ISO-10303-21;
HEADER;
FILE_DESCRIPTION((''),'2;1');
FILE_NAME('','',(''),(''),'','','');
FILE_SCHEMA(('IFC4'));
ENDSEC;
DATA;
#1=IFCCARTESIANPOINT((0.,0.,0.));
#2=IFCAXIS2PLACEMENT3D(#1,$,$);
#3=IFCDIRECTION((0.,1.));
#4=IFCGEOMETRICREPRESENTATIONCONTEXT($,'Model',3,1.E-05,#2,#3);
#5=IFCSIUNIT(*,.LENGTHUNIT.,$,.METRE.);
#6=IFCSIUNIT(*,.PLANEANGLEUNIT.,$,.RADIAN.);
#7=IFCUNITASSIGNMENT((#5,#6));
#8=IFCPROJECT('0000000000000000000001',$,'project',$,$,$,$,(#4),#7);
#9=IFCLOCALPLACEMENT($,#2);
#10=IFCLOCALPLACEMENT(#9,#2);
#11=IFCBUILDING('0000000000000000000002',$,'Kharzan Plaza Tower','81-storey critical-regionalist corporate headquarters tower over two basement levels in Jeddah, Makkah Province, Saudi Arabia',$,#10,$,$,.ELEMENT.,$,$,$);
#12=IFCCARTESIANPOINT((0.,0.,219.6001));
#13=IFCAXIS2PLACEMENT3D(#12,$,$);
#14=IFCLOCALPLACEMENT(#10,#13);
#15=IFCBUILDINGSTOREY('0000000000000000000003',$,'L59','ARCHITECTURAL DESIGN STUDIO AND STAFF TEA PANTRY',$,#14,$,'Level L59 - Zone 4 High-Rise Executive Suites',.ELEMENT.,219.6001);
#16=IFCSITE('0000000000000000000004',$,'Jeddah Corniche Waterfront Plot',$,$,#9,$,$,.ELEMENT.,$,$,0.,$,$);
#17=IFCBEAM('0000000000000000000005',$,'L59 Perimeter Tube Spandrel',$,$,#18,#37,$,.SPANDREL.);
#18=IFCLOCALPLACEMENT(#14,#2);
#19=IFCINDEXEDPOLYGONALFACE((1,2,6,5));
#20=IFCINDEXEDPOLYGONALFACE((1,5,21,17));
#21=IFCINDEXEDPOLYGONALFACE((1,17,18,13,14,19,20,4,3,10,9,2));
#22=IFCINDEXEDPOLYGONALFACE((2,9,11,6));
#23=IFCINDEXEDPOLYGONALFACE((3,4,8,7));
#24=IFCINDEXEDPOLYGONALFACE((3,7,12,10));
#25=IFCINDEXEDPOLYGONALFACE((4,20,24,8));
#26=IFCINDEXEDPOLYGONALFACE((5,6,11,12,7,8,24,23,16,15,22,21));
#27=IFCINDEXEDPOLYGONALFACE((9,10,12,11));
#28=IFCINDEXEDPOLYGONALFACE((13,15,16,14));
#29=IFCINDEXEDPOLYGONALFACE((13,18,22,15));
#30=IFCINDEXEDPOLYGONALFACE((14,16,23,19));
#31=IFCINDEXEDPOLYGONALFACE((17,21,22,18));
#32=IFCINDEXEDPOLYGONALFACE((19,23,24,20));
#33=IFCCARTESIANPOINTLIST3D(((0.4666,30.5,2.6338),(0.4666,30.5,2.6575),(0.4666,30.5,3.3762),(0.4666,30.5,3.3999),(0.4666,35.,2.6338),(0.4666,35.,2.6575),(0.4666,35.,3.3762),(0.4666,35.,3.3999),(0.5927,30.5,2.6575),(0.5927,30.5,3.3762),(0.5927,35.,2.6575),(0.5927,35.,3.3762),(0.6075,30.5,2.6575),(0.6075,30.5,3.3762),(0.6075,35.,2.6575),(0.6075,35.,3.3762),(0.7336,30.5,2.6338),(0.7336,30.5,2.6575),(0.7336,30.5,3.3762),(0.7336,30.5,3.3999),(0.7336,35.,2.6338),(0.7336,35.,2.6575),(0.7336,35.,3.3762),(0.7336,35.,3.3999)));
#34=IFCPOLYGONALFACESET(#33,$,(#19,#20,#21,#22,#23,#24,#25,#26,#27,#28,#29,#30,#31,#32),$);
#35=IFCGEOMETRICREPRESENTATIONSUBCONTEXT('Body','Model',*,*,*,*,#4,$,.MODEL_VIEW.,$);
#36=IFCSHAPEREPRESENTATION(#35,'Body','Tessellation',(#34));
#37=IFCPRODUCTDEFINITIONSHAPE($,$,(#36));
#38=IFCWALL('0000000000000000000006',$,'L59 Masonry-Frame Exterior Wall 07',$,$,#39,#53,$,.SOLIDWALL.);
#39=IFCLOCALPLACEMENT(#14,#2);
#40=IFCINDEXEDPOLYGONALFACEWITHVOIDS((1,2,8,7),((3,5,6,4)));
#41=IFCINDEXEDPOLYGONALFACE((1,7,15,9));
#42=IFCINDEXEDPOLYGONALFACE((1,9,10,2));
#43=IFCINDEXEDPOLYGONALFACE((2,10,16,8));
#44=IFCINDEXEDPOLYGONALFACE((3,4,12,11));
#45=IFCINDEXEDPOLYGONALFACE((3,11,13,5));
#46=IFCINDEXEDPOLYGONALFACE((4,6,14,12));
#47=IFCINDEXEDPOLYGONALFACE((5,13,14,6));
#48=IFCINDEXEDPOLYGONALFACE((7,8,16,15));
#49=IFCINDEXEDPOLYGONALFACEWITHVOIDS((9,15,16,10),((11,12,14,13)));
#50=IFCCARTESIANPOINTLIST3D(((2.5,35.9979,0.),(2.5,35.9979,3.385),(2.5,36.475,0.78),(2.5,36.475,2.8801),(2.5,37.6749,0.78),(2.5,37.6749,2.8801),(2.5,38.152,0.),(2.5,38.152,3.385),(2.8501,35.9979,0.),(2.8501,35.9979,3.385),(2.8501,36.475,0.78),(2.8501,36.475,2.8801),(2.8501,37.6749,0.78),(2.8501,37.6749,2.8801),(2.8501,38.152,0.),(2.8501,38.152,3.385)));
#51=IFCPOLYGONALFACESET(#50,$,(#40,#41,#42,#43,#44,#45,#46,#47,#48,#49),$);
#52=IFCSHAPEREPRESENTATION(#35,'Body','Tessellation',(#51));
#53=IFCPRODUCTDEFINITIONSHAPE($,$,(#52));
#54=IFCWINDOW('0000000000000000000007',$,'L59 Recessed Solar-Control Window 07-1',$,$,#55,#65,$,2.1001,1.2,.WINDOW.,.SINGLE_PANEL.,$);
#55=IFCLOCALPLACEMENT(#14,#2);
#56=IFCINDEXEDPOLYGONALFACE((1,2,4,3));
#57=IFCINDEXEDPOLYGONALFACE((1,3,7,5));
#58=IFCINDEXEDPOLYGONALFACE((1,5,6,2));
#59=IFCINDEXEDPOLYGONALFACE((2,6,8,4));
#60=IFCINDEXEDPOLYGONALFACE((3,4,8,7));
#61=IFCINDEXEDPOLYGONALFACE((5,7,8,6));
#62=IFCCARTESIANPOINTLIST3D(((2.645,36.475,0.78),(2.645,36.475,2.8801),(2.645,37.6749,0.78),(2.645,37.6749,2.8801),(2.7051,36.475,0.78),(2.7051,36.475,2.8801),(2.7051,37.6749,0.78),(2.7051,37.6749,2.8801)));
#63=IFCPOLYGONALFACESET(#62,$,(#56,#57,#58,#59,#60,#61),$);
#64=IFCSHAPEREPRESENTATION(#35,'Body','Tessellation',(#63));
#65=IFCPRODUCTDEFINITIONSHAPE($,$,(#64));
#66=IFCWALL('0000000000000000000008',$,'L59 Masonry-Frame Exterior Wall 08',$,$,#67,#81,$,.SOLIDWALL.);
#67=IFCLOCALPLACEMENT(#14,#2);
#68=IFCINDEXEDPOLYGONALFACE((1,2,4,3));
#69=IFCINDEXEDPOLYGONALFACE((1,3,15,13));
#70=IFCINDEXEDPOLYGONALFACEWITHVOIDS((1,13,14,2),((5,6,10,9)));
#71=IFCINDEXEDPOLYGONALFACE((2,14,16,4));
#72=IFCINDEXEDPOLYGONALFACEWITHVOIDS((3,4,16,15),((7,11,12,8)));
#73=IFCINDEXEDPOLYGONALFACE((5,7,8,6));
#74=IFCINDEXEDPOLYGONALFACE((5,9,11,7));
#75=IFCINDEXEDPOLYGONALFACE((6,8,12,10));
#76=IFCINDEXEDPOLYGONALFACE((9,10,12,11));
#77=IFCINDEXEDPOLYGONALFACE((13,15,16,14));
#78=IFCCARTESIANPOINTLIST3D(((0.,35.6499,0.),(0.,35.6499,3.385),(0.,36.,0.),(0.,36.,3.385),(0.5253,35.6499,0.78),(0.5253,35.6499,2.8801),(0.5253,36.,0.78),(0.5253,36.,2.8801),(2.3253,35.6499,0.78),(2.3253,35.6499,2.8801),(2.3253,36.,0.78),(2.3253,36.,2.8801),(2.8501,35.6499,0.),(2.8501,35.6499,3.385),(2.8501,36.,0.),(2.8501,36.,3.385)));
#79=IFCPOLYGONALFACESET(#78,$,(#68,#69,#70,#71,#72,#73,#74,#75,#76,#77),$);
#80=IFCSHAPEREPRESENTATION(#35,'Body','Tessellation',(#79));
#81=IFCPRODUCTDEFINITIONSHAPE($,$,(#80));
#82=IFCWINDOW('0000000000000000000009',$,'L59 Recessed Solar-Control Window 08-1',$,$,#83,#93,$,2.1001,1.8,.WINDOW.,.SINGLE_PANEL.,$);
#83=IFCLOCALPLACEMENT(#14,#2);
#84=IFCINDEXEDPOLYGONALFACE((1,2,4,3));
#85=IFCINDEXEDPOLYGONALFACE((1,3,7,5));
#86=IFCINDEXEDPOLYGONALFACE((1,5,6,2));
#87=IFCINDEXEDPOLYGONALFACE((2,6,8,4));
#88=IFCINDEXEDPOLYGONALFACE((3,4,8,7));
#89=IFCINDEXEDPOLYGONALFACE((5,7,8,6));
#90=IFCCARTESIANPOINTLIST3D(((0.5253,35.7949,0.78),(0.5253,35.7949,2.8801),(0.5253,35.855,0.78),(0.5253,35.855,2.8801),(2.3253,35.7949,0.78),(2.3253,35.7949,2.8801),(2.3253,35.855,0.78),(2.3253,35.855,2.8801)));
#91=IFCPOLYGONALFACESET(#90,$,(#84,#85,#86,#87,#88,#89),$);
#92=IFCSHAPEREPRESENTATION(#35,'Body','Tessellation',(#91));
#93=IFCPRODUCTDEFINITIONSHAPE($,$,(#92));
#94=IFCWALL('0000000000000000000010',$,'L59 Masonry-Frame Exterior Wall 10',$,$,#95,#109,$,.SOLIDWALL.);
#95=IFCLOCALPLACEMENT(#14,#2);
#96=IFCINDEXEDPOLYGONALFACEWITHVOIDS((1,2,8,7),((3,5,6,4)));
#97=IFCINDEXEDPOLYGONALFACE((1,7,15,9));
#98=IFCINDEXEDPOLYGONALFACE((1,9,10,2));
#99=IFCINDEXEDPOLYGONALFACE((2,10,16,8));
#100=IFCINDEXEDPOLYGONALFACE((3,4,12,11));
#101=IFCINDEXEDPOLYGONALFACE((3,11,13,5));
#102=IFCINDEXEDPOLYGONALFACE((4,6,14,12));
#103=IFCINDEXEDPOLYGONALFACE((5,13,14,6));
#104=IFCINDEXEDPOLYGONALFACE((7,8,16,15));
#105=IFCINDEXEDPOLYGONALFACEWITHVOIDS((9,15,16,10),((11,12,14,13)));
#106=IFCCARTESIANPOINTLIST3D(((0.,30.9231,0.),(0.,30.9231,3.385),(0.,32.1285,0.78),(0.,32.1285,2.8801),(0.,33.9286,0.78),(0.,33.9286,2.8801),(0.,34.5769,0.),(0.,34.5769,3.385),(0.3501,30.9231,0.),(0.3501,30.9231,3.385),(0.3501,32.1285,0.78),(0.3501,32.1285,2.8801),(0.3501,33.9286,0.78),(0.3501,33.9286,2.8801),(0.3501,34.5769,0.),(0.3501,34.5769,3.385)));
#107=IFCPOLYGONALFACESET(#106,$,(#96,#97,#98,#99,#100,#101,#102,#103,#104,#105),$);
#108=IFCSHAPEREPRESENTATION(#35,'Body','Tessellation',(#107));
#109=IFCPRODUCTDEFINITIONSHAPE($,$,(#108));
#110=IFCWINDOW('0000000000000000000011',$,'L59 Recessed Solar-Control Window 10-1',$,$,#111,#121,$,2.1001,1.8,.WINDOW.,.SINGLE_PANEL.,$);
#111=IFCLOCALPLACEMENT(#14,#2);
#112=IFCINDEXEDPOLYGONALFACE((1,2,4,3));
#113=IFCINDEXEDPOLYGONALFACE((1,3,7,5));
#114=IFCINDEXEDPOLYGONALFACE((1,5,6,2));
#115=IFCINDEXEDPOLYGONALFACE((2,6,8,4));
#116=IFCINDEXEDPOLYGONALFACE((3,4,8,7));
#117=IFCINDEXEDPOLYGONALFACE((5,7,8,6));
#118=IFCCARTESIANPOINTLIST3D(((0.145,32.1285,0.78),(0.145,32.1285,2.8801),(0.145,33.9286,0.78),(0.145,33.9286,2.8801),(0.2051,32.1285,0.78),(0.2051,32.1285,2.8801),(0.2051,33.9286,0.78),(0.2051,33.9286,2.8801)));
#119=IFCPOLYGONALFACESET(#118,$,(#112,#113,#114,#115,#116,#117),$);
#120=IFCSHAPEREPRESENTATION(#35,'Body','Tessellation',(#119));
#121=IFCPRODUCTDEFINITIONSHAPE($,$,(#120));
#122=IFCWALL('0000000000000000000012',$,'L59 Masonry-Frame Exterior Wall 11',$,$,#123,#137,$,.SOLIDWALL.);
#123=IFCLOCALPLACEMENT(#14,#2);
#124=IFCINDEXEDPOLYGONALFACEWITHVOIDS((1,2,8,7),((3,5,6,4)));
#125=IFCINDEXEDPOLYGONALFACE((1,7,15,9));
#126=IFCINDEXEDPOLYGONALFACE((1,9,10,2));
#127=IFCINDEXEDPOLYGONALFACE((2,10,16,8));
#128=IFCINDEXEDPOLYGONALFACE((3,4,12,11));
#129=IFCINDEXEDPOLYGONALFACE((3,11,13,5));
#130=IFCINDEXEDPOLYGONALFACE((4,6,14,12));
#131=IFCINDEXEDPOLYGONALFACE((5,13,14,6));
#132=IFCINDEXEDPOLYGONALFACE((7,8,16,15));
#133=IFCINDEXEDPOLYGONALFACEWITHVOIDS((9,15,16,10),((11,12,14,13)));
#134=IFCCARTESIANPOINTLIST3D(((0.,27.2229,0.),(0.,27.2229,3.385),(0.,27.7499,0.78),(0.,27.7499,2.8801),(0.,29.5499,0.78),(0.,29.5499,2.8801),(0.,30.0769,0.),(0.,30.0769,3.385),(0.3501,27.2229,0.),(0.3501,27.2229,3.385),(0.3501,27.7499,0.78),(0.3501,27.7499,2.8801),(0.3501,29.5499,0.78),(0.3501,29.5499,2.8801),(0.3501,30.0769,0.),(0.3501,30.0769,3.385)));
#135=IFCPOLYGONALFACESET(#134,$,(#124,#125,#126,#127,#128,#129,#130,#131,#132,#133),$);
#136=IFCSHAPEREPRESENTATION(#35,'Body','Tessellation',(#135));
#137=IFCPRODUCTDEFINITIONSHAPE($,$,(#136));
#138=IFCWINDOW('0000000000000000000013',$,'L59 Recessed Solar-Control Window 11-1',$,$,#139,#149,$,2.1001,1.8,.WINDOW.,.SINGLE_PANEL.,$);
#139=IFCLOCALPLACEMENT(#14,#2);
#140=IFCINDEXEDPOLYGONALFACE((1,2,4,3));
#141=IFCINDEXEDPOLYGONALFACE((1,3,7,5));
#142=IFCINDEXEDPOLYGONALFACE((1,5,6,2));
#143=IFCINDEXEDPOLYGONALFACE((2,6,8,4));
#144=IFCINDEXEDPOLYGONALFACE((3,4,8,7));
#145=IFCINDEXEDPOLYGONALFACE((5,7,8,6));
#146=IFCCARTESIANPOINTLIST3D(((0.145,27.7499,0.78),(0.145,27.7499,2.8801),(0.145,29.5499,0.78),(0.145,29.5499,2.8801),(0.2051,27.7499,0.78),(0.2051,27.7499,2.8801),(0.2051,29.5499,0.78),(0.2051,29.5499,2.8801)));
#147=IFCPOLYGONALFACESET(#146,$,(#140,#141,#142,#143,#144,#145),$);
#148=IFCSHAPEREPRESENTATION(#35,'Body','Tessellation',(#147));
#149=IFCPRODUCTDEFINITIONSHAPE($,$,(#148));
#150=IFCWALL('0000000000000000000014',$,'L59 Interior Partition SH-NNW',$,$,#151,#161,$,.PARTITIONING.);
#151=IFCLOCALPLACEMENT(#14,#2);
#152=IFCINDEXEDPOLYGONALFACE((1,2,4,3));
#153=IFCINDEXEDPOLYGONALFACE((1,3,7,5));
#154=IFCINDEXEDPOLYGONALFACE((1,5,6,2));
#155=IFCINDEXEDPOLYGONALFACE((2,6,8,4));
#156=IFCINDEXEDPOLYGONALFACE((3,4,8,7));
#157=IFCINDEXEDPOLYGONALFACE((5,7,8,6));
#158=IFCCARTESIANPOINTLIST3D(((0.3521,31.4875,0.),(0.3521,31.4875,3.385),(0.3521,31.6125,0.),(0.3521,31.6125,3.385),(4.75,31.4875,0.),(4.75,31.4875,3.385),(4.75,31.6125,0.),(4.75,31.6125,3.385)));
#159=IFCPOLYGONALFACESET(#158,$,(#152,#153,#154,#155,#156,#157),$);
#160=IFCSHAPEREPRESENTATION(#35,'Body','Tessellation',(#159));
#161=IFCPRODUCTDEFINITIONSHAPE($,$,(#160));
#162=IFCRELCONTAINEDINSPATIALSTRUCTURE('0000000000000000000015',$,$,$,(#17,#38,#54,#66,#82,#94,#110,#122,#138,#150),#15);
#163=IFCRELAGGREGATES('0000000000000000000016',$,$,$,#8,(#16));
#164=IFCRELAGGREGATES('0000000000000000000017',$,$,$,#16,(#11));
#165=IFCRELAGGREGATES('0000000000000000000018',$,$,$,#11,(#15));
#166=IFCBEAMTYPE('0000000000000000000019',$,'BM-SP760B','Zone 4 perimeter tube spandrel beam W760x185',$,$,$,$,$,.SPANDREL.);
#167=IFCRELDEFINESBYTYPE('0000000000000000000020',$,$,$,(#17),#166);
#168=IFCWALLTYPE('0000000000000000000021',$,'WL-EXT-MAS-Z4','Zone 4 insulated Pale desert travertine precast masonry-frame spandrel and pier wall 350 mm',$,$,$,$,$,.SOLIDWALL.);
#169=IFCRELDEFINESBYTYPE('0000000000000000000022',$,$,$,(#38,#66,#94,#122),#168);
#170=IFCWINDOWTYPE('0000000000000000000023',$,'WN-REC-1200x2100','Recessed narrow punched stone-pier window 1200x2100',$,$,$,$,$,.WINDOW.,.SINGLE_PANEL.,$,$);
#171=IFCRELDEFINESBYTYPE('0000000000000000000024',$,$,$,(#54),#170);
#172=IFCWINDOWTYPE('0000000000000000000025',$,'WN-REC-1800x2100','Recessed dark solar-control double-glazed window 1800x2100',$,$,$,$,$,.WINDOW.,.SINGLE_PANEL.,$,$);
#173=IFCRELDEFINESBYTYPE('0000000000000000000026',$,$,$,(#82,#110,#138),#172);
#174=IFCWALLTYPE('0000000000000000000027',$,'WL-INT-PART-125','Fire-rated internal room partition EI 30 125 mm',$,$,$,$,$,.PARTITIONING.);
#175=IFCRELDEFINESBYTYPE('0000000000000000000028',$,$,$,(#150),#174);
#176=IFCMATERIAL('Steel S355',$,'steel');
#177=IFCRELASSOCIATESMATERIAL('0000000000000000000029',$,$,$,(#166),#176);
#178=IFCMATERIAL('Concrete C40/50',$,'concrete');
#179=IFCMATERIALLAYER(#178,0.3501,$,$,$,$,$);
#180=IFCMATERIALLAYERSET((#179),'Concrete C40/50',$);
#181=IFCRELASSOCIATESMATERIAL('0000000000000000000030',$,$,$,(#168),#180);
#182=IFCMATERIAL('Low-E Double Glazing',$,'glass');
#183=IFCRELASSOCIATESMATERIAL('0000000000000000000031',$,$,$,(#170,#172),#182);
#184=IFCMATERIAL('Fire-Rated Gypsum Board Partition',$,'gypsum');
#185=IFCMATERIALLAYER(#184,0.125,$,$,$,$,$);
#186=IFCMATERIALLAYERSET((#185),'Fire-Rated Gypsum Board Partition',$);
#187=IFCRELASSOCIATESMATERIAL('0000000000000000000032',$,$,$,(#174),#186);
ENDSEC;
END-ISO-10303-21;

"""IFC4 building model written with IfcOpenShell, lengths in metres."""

from ifc_helpers import new_model, si_unit, direction, frame, frame_2d, origin, origin_2d, place, context, subcontext, project, spatial, rectangle, i_section, extrude, source, transform, mapped, material, layer, layer_set, material_profile, profile_set, type_object, element, fill, save


model = new_model("IFC4")

# Units and contexts
model_context = context("Model", 3, precision=1e-05, world=origin(), true_north=direction((0.0, 1.0)))
body_context = subcontext(model_context, "Body", "Model", "MODEL_VIEW")
ifc_project = project(units=[si_unit("LENGTHUNIT", "METRE"), si_unit("PLANEANGLEUNIT", "RADIAN")], contexts=[model_context])

# Site, building, storey
site_placement = place(None, origin())
site = spatial("IfcSite", under=ifc_project, at=site_placement, Name="Jeddah Corniche Waterfront Plot", CompositionType="ELEMENT", RefElevation=0.0)
building_placement = place(site_placement, origin())
building = spatial("IfcBuilding", under=site, at=building_placement, Name="Kharzan Plaza Tower", Description="81-storey critical-regionalist corporate headquarters tower over two basement levels in Jeddah, Makkah Province, Saudi Arabia", CompositionType="ELEMENT")
storey_placement = place(building_placement, frame((0.0, 0.0, 219.6001)))
storey = spatial("IfcBuildingStorey", under=building, at=storey_placement, Name="L59", Description="ARCHITECTURAL DESIGN STUDIO AND STAFF TEA PANTRY", LongName="Level L59 - Zone 4 High-Rise Executive Suites", CompositionType="ELEMENT", Elevation=219.6001)

# Beam
ifc_material_1 = material(Name="Steel S355", Category="steel")
ifc_material_profile_1 = material_profile(ifc_material_1, i_section(OverallWidth=0.2671, OverallDepth=0.7661, WebThickness=0.0149, FlangeThickness=0.0237, at=origin_2d()), Name="W760x185")
ifc_profile_set_1 = profile_set([ifc_material_profile_1], Name="Steel S355")
beam_type_1 = type_object("IfcBeamType", Name="BM-SP760B", Description="Zone 4 perimeter tube spandrel beam W760x185", PredefinedType="SPANDREL", material=ifc_profile_set_1)
shared_shape_1 = source(origin(), body_context, "Body", "SweptSolid", [
    extrude(i_section(OverallWidth=0.2671, OverallDepth=0.7661, WebThickness=0.0149, FlangeThickness=0.0237, at=origin_2d()), origin(), (0.0, 0.0, 1.0), 4.5),
])
beam_1_placement = place(storey_placement, frame((0.6001, 30.5, 3.0168), z_axis=(0.0, 1.0, 0.0), x_axis=(-1.0, 0.0, 0.0)))
element("IfcBeam", 1, at=beam_1_placement, inside=storey, type_object=beam_type_1, Name="L59 Perimeter Tube Spandrel", PredefinedType="SPANDREL", context=body_context, shape_type="MappedRepresentation", body=[
    mapped(shared_shape_1, transform((0.0, 0.0, 0.0), x_axis=(1.0, 0.0, 0.0), y_axis=(0.0, 1.0, 0.0), z_axis=(0.0, 0.0, 1.0))),
])

# Walls, openings, windows
ifc_material_2 = material(Name="Concrete C40/50", Category="concrete")
ifc_layer_1 = layer(ifc_material_2, 0.3501)
ifc_layer_set_1 = layer_set([ifc_layer_1], Name="Concrete C40/50")
wall_type_1 = type_object("IfcWallType", Name="WL-EXT-MAS-Z4", Description="Zone 4 insulated Pale desert travertine precast masonry-frame spandrel and pier wall 350 mm", PredefinedType="SOLIDWALL", material=ifc_layer_set_1)
wall_1_placement = place(storey_placement, frame((2.675, 38.1521, 0.0), z_axis=(0.0, 0.0, 1.0), x_axis=(0.0, -1.0, 0.0)))
wall_1 = element("IfcWall", 2, at=wall_1_placement, inside=storey, type_object=wall_type_1, Name="L59 Masonry-Frame Exterior Wall 07", PredefinedType="SOLIDWALL", context=body_context, shape_type="SweptSolid", body=[
    extrude(rectangle(XDim=2.1541, YDim=0.3501, at=frame_2d((1.0771, 0.0))), origin(), (0.0, 0.0, 1.0), 3.385),
])
opening_1_placement = place(wall_1_placement, frame((0.4771, 0.0, 0.78)))
opening_1 = element("IfcOpeningElement", 3, at=opening_1_placement, cuts=wall_1, PredefinedType="OPENING", context=body_context, shape_type="SweptSolid", body=[
    extrude(rectangle(XDim=1.2, YDim=2.1001, at=frame_2d((0.6001, 1.05))), frame((0.0, 0.1851, 0.0), z_axis=(0.0, -1.0, 0.0), x_axis=(1.0, 0.0, 0.0)), (0.0, 0.0, 1.0), 0.3701),
])
ifc_material_3 = material(Name="Low-E Double Glazing", Category="glass")
window_type_1 = type_object("IfcWindowType", Name="WN-REC-1200x2100", Description="Recessed narrow punched stone-pier window 1200x2100", PartitioningType="SINGLE_PANEL", PredefinedType="WINDOW", material=ifc_material_3)
shared_shape_2 = source(origin(), body_context, "Body", "SweptSolid", [
    extrude(rectangle(XDim=1.2, YDim=2.1001, at=frame_2d((0.6001, 1.05))), frame((0.0, 0.03, 0.0), z_axis=(0.0, -1.0, 0.0), x_axis=(1.0, 0.0, 0.0)), (0.0, 0.0, 1.0), 0.0601),
])
window_1_placement = place(opening_1_placement, origin())
window_1 = element("IfcWindow", 4, at=window_1_placement, inside=storey, type_object=window_type_1, Name="L59 Recessed Solar-Control Window 07-1", OverallHeight=2.1001, OverallWidth=1.2, PartitioningType="SINGLE_PANEL", PredefinedType="WINDOW", context=body_context, shape_type="MappedRepresentation", body=[
    mapped(shared_shape_2, transform((0.0, 0.0, 0.0), x_axis=(1.0, 0.0, 0.0), y_axis=(0.0, 1.0, 0.0), z_axis=(0.0, 0.0, 1.0))),
])
fill(opening_1, window_1)
wall_2_placement = place(storey_placement, frame((2.8501, 35.825, 0.0), z_axis=(0.0, 0.0, 1.0), x_axis=(-1.0, 0.0, 0.0)))
wall_2 = element("IfcWall", 5, at=wall_2_placement, inside=storey, type_object=wall_type_1, Name="L59 Masonry-Frame Exterior Wall 08", PredefinedType="SOLIDWALL", context=body_context, shape_type="SweptSolid", body=[
    extrude(rectangle(XDim=2.8501, YDim=0.3501, at=frame_2d((1.425, 0.0))), origin(), (0.0, 0.0, 1.0), 3.385),
])
opening_2_placement = place(wall_2_placement, frame((0.5249, 0.0, 0.78)))
opening_2 = element("IfcOpeningElement", 6, at=opening_2_placement, cuts=wall_2, PredefinedType="OPENING", context=body_context, shape_type="SweptSolid", body=[
    extrude(rectangle(XDim=1.8, YDim=2.1001, at=frame_2d((0.8999, 1.05))), frame((0.0, 0.1851, 0.0), z_axis=(0.0, -1.0, 0.0), x_axis=(1.0, 0.0, 0.0)), (0.0, 0.0, 1.0), 0.3701),
])
window_type_2 = type_object("IfcWindowType", Name="WN-REC-1800x2100", Description="Recessed dark solar-control double-glazed window 1800x2100", PartitioningType="SINGLE_PANEL", PredefinedType="WINDOW", material=ifc_material_3)
shared_shape_3 = source(origin(), body_context, "Body", "SweptSolid", [
    extrude(rectangle(XDim=1.8, YDim=2.1001, at=frame_2d((0.8999, 1.05))), frame((0.0, 0.03, 0.0), z_axis=(0.0, -1.0, 0.0), x_axis=(1.0, 0.0, 0.0)), (0.0, 0.0, 1.0), 0.0601),
])
window_2_placement = place(opening_2_placement, origin())
window_2 = element("IfcWindow", 7, at=window_2_placement, inside=storey, type_object=window_type_2, Name="L59 Recessed Solar-Control Window 08-1", OverallHeight=2.1001, OverallWidth=1.8, PartitioningType="SINGLE_PANEL", PredefinedType="WINDOW", context=body_context, shape_type="MappedRepresentation", body=[
    mapped(shared_shape_3, transform((0.0, 0.0, 0.0), x_axis=(1.0, 0.0, 0.0), y_axis=(0.0, 1.0, 0.0), z_axis=(0.0, 0.0, 1.0))),
])
fill(opening_2, window_2)
wall_3_placement = place(storey_placement, frame((0.175, 34.5769, 0.0), z_axis=(0.0, 0.0, 1.0), x_axis=(0.0, -1.0, 0.0)))
wall_3 = element("IfcWall", 8, at=wall_3_placement, inside=storey, type_object=wall_type_1, Name="L59 Masonry-Frame Exterior Wall 10", PredefinedType="SOLIDWALL", context=body_context, shape_type="SweptSolid", body=[
    extrude(rectangle(XDim=3.6538, YDim=0.3501, at=frame_2d((1.8269, 0.0))), origin(), (0.0, 0.0, 1.0), 3.385),
])
opening_3_placement = place(wall_3_placement, frame((0.6484, 0.0, 0.78)))
opening_3 = element("IfcOpeningElement", 9, at=opening_3_placement, cuts=wall_3, PredefinedType="OPENING", context=body_context, shape_type="SweptSolid", body=[
    extrude(rectangle(XDim=1.8, YDim=2.1001, at=frame_2d((0.8999, 1.05))), frame((0.0, 0.1851, 0.0), z_axis=(0.0, -1.0, 0.0), x_axis=(1.0, 0.0, 0.0)), (0.0, 0.0, 1.0), 0.3701),
])
window_3_placement = place(opening_3_placement, origin())
window_3 = element("IfcWindow", 10, at=window_3_placement, inside=storey, type_object=window_type_2, Name="L59 Recessed Solar-Control Window 10-1", OverallHeight=2.1001, OverallWidth=1.8, PartitioningType="SINGLE_PANEL", PredefinedType="WINDOW", context=body_context, shape_type="MappedRepresentation", body=[
    mapped(shared_shape_3, transform((0.0, 0.0, 0.0), x_axis=(1.0, 0.0, 0.0), y_axis=(0.0, 1.0, 0.0), z_axis=(0.0, 0.0, 1.0))),
])
fill(opening_3, window_3)
wall_4_placement = place(storey_placement, frame((0.175, 30.0769, 0.0), z_axis=(0.0, 0.0, 1.0), x_axis=(0.0, -1.0, 0.0)))
wall_4 = element("IfcWall", 11, at=wall_4_placement, inside=storey, type_object=wall_type_1, Name="L59 Masonry-Frame Exterior Wall 11", PredefinedType="SOLIDWALL", context=body_context, shape_type="SweptSolid", body=[
    extrude(rectangle(XDim=2.854, YDim=0.3501, at=frame_2d((1.427, 0.0))), origin(), (0.0, 0.0, 1.0), 3.385),
])
opening_4_placement = place(wall_4_placement, frame((0.5271, 0.0, 0.78)))
opening_4 = element("IfcOpeningElement", 12, at=opening_4_placement, cuts=wall_4, PredefinedType="OPENING", context=body_context, shape_type="SweptSolid", body=[
    extrude(rectangle(XDim=1.8, YDim=2.1001, at=frame_2d((0.8999, 1.05))), frame((0.0, 0.1851, 0.0), z_axis=(0.0, -1.0, 0.0), x_axis=(1.0, 0.0, 0.0)), (0.0, 0.0, 1.0), 0.3701),
])
window_4_placement = place(opening_4_placement, origin())
window_4 = element("IfcWindow", 13, at=window_4_placement, inside=storey, type_object=window_type_2, Name="L59 Recessed Solar-Control Window 11-1", OverallHeight=2.1001, OverallWidth=1.8, PartitioningType="SINGLE_PANEL", PredefinedType="WINDOW", context=body_context, shape_type="MappedRepresentation", body=[
    mapped(shared_shape_3, transform((0.0, 0.0, 0.0), x_axis=(1.0, 0.0, 0.0), y_axis=(0.0, 1.0, 0.0), z_axis=(0.0, 0.0, 1.0))),
])
fill(opening_4, window_4)

# Shared definitions
ifc_material_4 = material(Name="Fire-Rated Gypsum Board Partition", Category="gypsum")
ifc_layer_2 = layer(ifc_material_4, 0.125)
ifc_layer_set_2 = layer_set([ifc_layer_2], Name="Fire-Rated Gypsum Board Partition")
wall_type_2 = type_object("IfcWallType", Name="WL-INT-PART-125", Description="Fire-rated internal room partition EI 30 125 mm", PredefinedType="PARTITIONING", material=ifc_layer_set_2)

# Wall
shared_shape_4 = source(origin(), body_context, "Body", "SweptSolid", [
    extrude(rectangle(XDim=4.3979, YDim=0.125, at=frame_2d((2.199, 0.0))), origin(), (0.0, 0.0, 1.0), 3.385),
])
wall_5_placement = place(storey_placement, frame((0.3521, 31.55, 0.0), z_axis=(0.0, 0.0, 1.0), x_axis=(1.0, 0.0, 0.0)))
element("IfcWall", 14, at=wall_5_placement, inside=storey, type_object=wall_type_2, Name="L59 Interior Partition SH-NNW", PredefinedType="PARTITIONING", context=body_context, shape_type="MappedRepresentation", body=[
    mapped(shared_shape_4, transform((0.0, 0.0, 0.0), x_axis=(1.0, 0.0, 0.0), y_axis=(0.0, 1.0, 0.0), z_axis=(0.0, 0.0, 1.0))),
])

save(model, "model.ifc")
